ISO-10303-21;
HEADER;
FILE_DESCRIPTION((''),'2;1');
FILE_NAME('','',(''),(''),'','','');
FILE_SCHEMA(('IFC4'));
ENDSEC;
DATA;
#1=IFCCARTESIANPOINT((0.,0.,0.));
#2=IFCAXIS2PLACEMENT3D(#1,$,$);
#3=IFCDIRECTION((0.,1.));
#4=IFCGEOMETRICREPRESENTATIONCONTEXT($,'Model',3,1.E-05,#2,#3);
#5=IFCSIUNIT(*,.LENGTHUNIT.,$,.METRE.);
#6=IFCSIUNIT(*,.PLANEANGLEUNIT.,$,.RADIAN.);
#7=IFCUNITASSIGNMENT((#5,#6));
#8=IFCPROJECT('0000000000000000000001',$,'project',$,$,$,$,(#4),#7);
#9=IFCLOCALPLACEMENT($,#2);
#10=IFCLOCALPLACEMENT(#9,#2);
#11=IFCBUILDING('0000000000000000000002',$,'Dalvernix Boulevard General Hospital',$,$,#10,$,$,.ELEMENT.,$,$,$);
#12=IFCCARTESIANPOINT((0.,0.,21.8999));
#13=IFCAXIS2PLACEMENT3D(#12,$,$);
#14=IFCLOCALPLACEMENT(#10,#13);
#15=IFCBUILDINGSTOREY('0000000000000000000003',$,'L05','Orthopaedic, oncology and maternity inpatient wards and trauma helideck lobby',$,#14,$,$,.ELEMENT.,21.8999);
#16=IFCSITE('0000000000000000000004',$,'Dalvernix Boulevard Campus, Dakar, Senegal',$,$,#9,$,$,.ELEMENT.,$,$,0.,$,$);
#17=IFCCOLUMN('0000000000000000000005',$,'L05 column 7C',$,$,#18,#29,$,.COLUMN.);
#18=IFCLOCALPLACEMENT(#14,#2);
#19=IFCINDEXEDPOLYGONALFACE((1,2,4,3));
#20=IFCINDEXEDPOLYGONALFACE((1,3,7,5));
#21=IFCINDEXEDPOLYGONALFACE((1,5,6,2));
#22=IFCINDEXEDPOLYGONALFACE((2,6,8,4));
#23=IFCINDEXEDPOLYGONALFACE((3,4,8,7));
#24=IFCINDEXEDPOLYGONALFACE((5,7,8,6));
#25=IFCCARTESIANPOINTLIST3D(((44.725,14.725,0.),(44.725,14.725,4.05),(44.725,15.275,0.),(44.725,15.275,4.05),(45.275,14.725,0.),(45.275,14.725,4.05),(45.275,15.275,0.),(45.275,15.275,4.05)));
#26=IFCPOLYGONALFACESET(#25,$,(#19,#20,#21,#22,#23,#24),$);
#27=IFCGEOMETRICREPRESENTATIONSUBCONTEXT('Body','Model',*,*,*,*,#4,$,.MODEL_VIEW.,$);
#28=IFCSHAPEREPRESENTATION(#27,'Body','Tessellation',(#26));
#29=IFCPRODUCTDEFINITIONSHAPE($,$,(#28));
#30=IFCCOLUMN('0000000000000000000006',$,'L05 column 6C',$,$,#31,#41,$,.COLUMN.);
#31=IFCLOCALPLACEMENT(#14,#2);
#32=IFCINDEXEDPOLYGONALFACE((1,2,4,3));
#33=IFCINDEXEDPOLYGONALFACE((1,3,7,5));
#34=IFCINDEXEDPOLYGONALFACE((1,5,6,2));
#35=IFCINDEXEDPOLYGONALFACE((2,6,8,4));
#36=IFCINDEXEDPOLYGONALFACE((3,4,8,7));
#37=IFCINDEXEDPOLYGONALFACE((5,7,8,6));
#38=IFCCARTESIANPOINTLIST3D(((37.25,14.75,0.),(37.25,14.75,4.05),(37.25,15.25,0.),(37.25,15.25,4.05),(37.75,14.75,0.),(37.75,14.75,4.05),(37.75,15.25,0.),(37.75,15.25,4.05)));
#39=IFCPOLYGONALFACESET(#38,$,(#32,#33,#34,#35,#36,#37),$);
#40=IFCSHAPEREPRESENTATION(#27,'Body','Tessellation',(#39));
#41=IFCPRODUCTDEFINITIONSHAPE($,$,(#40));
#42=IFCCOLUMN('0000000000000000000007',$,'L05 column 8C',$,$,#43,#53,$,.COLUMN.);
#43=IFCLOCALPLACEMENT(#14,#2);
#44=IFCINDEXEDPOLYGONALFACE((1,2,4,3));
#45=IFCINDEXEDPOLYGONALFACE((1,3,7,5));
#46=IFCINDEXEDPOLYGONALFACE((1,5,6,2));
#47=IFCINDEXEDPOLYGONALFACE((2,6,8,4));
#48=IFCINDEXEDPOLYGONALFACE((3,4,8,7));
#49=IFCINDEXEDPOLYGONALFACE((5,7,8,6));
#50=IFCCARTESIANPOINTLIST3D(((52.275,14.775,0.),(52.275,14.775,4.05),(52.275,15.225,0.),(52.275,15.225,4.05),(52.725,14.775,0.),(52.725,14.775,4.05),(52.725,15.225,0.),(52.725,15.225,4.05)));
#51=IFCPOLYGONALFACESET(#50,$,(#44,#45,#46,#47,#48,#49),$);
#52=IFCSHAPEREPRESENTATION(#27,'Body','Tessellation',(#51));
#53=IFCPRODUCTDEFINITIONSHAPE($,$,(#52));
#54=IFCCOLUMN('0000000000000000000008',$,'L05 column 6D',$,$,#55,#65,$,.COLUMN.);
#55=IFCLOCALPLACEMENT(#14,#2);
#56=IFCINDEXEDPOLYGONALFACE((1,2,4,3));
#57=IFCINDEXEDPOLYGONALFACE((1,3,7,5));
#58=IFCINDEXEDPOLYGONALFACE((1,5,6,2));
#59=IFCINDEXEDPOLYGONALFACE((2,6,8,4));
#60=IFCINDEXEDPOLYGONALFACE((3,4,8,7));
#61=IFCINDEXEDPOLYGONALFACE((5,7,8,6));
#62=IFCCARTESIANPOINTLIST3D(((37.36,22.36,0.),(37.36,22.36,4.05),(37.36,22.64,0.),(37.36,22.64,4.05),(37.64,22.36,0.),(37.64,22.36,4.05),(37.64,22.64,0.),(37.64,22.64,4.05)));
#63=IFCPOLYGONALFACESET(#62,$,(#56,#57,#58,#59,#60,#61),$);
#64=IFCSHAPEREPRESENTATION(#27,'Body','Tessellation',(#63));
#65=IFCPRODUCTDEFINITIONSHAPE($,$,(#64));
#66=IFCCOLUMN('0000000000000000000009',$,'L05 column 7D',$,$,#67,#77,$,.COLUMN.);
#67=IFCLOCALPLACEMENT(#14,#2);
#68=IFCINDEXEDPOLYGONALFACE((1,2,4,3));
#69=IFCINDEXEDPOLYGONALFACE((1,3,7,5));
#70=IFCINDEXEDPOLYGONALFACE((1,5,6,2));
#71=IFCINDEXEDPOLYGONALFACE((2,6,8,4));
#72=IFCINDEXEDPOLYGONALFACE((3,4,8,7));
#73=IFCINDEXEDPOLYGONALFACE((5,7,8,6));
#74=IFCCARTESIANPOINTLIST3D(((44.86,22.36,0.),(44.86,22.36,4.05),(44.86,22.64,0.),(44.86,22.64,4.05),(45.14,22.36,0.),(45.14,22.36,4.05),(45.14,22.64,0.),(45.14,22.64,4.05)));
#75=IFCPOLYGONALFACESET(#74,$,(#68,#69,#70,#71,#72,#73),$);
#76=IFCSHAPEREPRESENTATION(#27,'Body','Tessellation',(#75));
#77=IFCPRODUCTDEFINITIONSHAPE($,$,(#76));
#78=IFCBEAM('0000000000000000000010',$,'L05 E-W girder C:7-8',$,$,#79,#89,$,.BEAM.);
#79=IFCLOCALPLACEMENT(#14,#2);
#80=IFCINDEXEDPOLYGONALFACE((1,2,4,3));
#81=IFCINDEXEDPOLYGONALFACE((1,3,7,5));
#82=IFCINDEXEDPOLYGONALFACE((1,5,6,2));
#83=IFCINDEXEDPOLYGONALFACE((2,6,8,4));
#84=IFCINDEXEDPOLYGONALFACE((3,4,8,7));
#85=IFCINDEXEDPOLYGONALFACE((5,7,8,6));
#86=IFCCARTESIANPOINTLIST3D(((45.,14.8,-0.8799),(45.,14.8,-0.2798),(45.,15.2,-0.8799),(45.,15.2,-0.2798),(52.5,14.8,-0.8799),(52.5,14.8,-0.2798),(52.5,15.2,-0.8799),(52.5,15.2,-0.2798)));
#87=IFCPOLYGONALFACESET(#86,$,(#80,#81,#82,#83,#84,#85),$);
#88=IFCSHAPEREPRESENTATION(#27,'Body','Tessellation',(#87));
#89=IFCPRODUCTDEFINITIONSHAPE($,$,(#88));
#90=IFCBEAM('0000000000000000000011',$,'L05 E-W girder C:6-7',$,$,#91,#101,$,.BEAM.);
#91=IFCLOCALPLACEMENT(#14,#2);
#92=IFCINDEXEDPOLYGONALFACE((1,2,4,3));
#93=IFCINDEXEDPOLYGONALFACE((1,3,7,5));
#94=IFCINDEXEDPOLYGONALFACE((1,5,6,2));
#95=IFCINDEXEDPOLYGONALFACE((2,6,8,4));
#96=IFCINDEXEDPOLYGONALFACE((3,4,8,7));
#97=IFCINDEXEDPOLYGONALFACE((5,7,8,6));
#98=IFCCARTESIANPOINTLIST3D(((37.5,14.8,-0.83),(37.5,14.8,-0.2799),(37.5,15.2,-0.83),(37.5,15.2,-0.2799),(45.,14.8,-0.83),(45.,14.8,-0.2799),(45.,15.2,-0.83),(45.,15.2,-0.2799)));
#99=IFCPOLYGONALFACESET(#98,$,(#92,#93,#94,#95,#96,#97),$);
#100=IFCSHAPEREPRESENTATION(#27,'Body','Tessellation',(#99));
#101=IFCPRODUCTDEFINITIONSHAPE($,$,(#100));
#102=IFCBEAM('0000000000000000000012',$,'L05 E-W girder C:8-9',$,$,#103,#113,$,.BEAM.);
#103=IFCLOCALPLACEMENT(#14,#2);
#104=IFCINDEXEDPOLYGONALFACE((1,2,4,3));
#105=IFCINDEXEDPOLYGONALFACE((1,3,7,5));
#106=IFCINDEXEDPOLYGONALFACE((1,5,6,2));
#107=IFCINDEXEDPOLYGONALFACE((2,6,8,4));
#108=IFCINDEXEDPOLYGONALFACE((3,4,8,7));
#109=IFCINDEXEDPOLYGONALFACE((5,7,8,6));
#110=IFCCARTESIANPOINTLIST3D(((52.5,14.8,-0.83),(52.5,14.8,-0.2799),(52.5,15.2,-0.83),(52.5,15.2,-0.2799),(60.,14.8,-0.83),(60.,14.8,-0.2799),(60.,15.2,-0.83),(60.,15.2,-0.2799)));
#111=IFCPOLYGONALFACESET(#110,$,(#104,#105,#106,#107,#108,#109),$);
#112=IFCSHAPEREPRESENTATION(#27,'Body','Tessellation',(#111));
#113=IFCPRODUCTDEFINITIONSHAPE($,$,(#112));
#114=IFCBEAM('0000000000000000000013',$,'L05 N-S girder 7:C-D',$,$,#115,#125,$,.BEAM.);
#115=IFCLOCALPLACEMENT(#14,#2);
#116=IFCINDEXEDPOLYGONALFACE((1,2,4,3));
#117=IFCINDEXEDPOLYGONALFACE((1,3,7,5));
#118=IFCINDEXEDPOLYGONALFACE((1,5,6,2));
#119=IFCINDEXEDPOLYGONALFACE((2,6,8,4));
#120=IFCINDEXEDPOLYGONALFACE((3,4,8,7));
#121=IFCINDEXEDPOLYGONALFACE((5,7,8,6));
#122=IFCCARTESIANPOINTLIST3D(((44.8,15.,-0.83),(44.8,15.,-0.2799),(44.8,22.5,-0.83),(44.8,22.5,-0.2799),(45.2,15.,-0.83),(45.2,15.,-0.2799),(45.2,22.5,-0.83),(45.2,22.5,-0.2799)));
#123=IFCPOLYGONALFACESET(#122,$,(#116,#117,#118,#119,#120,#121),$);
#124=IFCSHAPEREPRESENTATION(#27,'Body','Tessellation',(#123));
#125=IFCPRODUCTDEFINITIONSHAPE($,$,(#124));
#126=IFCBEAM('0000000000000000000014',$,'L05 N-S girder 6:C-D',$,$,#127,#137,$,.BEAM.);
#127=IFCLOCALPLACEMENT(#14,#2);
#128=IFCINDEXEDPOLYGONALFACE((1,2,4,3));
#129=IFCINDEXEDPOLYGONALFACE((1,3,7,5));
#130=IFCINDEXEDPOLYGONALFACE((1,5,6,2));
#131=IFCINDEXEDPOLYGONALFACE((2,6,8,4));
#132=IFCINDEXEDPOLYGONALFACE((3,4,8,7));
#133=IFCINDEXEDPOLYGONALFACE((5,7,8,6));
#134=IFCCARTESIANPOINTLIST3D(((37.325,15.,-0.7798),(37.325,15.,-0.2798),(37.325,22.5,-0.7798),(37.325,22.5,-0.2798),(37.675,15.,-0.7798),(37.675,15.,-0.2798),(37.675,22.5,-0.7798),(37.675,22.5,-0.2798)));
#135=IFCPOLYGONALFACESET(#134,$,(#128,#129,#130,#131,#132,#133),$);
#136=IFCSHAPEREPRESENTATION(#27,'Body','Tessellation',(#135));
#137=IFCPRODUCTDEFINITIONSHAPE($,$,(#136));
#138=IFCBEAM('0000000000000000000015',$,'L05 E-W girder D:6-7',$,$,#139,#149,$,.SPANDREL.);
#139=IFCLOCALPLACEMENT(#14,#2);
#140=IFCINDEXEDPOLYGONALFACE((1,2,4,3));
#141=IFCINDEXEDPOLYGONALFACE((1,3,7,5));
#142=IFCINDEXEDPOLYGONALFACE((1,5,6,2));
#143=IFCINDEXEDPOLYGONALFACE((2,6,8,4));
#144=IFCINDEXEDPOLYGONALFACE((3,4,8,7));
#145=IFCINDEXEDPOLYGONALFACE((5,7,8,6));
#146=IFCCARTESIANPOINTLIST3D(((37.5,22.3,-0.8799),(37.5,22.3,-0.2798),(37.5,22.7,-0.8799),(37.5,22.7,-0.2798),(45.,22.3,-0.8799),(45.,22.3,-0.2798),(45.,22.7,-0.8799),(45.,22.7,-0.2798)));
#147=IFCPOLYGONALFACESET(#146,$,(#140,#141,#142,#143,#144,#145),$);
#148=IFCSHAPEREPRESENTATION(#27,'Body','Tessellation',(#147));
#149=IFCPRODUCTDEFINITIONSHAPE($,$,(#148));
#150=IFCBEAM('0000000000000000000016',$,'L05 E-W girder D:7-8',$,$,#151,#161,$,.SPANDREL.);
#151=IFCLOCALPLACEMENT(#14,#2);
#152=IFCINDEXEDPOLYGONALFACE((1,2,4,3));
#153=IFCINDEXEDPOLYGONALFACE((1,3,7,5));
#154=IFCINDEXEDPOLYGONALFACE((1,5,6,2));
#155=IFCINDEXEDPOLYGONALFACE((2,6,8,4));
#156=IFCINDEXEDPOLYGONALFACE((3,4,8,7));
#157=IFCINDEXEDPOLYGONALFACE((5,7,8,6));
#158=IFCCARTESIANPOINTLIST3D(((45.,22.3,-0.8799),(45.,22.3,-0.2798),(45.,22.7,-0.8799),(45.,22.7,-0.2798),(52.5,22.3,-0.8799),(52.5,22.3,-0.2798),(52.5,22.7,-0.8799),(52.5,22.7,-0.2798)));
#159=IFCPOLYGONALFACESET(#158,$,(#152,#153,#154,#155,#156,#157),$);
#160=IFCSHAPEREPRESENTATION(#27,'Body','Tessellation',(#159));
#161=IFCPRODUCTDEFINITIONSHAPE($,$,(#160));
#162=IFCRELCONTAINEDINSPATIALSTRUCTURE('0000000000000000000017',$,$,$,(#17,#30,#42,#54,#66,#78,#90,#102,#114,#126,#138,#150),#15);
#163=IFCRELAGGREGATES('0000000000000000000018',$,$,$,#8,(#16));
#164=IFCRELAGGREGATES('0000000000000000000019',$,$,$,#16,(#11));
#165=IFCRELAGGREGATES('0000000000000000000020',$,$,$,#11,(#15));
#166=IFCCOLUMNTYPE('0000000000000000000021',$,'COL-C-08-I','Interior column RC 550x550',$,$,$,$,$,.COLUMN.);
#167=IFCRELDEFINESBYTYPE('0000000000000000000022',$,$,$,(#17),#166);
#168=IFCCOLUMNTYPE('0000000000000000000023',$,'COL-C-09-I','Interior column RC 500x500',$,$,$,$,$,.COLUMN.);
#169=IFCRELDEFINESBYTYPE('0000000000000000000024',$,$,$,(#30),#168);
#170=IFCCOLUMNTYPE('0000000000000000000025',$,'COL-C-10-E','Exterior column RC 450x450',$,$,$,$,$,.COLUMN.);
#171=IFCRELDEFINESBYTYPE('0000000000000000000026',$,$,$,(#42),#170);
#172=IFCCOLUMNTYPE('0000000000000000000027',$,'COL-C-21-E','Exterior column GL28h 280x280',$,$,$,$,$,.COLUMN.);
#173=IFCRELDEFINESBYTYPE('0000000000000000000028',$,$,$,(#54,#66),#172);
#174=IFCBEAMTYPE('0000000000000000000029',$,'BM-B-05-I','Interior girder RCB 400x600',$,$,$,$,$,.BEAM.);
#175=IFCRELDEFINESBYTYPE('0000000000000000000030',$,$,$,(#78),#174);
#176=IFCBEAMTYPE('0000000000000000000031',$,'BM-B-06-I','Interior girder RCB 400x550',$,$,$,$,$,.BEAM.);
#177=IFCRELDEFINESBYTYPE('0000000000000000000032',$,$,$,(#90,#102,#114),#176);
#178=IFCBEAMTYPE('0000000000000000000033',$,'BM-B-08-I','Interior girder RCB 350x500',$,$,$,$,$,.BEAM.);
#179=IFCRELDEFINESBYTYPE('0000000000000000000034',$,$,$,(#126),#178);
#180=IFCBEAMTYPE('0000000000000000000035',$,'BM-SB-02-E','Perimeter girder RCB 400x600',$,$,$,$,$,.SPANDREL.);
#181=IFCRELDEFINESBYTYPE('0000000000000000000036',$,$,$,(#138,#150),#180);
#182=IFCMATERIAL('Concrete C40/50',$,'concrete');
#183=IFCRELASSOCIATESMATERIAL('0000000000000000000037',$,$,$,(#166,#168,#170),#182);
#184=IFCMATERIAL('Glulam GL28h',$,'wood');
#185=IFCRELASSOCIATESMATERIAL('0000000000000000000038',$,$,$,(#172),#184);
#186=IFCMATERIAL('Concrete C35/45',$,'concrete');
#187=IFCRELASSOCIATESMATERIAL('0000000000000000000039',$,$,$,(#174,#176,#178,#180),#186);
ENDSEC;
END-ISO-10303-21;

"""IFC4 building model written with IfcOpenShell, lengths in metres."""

from ifc_helpers import new_model, si_unit, direction, frame, origin, origin_2d, place, context, subcontext, project, spatial, rectangle, extrude, material, material_profile, profile_set, type_object, element, save


model = new_model("IFC4")

# Units and contexts
model_context = context("Model", 3, precision=1e-05, world=origin(), true_north=direction((0.0, 1.0)))
body_context = subcontext(model_context, "Body", "Model", "MODEL_VIEW")
ifc_project = project(units=[si_unit("LENGTHUNIT", "METRE"), si_unit("PLANEANGLEUNIT", "RADIAN")], contexts=[model_context])

# Site, building, storey
site_placement = place(None, origin())
site = spatial("IfcSite", under=ifc_project, at=site_placement, Name="Dalvernix Boulevard Campus, Dakar, Senegal", CompositionType="ELEMENT", RefElevation=0.0)
building_placement = place(site_placement, origin())
building = spatial("IfcBuilding", under=site, at=building_placement, Name="Dalvernix Boulevard General Hospital", CompositionType="ELEMENT")
storey_placement = place(building_placement, frame((0.0, 0.0, 21.8999)))
storey = spatial("IfcBuildingStorey", under=building, at=storey_placement, Name="L05", Description="Orthopaedic, oncology and maternity inpatient wards and trauma helideck lobby", CompositionType="ELEMENT", Elevation=21.8999)

# Columns
ifc_material_1 = material(Name="Concrete C40/50", Category="concrete")
ifc_material_profile_1 = material_profile(ifc_material_1, rectangle(XDim=0.55, YDim=0.55, at=origin_2d()), Name="RC 550x550")
ifc_profile_set_1 = profile_set([ifc_material_profile_1], Name="Concrete C40/50")
column_type_1 = type_object("IfcColumnType", Name="COL-C-08-I", Description="Interior column RC 550x550", PredefinedType="COLUMN", material=ifc_profile_set_1)
column_1_placement = place(storey_placement, frame((45.0, 15.0, 0.0), z_axis=(0.0, 0.0, 1.0), x_axis=(1.0, 0.0, 0.0)))
element("IfcColumn", 1, at=column_1_placement, inside=storey, type_object=column_type_1, Name="L05 column 7C", PredefinedType="COLUMN", context=body_context, shape_type="SweptSolid", body=[
    extrude(rectangle(XDim=0.55, YDim=0.55, at=origin_2d()), origin(), (0.0, 0.0, 1.0), 4.05),
])
ifc_material_profile_2 = material_profile(ifc_material_1, rectangle(XDim=0.5, YDim=0.5, at=origin_2d()), Name="RC 500x500")
ifc_profile_set_2 = profile_set([ifc_material_profile_2], Name="Concrete C40/50")
column_type_2 = type_object("IfcColumnType", Name="COL-C-09-I", Description="Interior column RC 500x500", PredefinedType="COLUMN", material=ifc_profile_set_2)
column_2_placement = place(storey_placement, frame((37.5, 15.0, 0.0), z_axis=(0.0, 0.0, 1.0), x_axis=(1.0, 0.0, 0.0)))
element("IfcColumn", 2, at=column_2_placement, inside=storey, type_object=column_type_2, Name="L05 column 6C", PredefinedType="COLUMN", context=body_context, shape_type="SweptSolid", body=[
    extrude(rectangle(XDim=0.5, YDim=0.5, at=origin_2d()), origin(), (0.0, 0.0, 1.0), 4.05),
])
ifc_material_profile_3 = material_profile(ifc_material_1, rectangle(XDim=0.45, YDim=0.45, at=origin_2d()), Name="RC 450x450")
ifc_profile_set_3 = profile_set([ifc_material_profile_3], Name="Concrete C40/50")
column_type_3 = type_object("IfcColumnType", Name="COL-C-10-E", Description="Exterior column RC 450x450", PredefinedType="COLUMN", material=ifc_profile_set_3)
column_3_placement = place(storey_placement, frame((52.5, 15.0, 0.0), z_axis=(0.0, 0.0, 1.0), x_axis=(1.0, 0.0, 0.0)))
element("IfcColumn", 3, at=column_3_placement, inside=storey, type_object=column_type_3, Name="L05 column 8C", PredefinedType="COLUMN", context=body_context, shape_type="SweptSolid", body=[
    extrude(rectangle(XDim=0.45, YDim=0.45, at=origin_2d()), origin(), (0.0, 0.0, 1.0), 4.05),
])
ifc_material_2 = material(Name="Glulam GL28h", Category="wood")
ifc_material_profile_4 = material_profile(ifc_material_2, rectangle(XDim=0.28, YDim=0.28, at=origin_2d()), Name="GL28h 280x280")
ifc_profile_set_4 = profile_set([ifc_material_profile_4], Name="Glulam GL28h")
column_type_4 = type_object("IfcColumnType", Name="COL-C-21-E", Description="Exterior column GL28h 280x280", PredefinedType="COLUMN", material=ifc_profile_set_4)
for number, where, z_axis, x_axis, name in (
    (4, (37.5, 22.5, 0.0), (0.0, 0.0, 1.0), (1.0, 0.0, 0.0), "L05 column 6D"),
    (5, (45.0, 22.5, 0.0), (0.0, 0.0, 1.0), (1.0, 0.0, 0.0), "L05 column 7D"),
):
    element("IfcColumn", number, at=place(storey_placement, frame(where, z_axis=z_axis, x_axis=x_axis)), inside=storey, type_object=column_type_4, Name=name, PredefinedType="COLUMN", context=body_context, shape_type="SweptSolid", body=[
        extrude(rectangle(XDim=0.28, YDim=0.28, at=origin_2d()), origin(), (0.0, 0.0, 1.0), 4.05),
    ])

# Beams
ifc_material_3 = material(Name="Concrete C35/45", Category="concrete")
ifc_material_profile_5 = material_profile(ifc_material_3, rectangle(XDim=0.3999, YDim=0.6001, at=origin_2d()), Name="RCB 400x600")
ifc_profile_set_5 = profile_set([ifc_material_profile_5], Name="Concrete C35/45")
beam_type_1 = type_object("IfcBeamType", Name="BM-B-05-I", Description="Interior girder RCB 400x600", PredefinedType="BEAM", material=ifc_profile_set_5)
beam_1_placement = place(storey_placement, frame((45.0, 15.0, -0.5798), z_axis=(1.0, 0.0, 0.0), x_axis=(0.0, 1.0, 0.0)))
element("IfcBeam", 6, at=beam_1_placement, inside=storey, type_object=beam_type_1, Name="L05 E-W girder C:7-8", PredefinedType="BEAM", context=body_context, shape_type="SweptSolid", body=[
    extrude(rectangle(XDim=0.3999, YDim=0.6001, at=origin_2d()), origin(), (0.0, 0.0, 1.0), 7.5),
])
ifc_material_profile_6 = material_profile(ifc_material_3, rectangle(XDim=0.3999, YDim=0.55, at=origin_2d()), Name="RCB 400x550")
ifc_profile_set_6 = profile_set([ifc_material_profile_6], Name="Concrete C35/45")
beam_type_2 = type_object("IfcBeamType", Name="BM-B-06-I", Description="Interior girder RCB 400x550", PredefinedType="BEAM", material=ifc_profile_set_6)
for number, where, z_axis, x_axis, name in (
    (7, (37.5, 15.0, -0.5549), (1.0, 0.0, 0.0), (0.0, 1.0, 0.0), "L05 E-W girder C:6-7"),
    (8, (52.5, 15.0, -0.5549), (1.0, 0.0, 0.0), (0.0, 1.0, 0.0), "L05 E-W girder C:8-9"),
    (9, (45.0, 15.0, -0.5549), (0.0, 1.0, 0.0), (-1.0, 0.0, 0.0), "L05 N-S girder 7:C-D"),
):
    element("IfcBeam", number, at=place(storey_placement, frame(where, z_axis=z_axis, x_axis=x_axis)), inside=storey, type_object=beam_type_2, Name=name, PredefinedType="BEAM", context=body_context, shape_type="SweptSolid", body=[
        extrude(rectangle(XDim=0.3999, YDim=0.55, at=origin_2d()), origin(), (0.0, 0.0, 1.0), 7.5),
    ])
ifc_material_profile_7 = material_profile(ifc_material_3, rectangle(XDim=0.3501, YDim=0.5, at=origin_2d()), Name="RCB 350x500")
ifc_profile_set_7 = profile_set([ifc_material_profile_7], Name="Concrete C35/45")
beam_type_3 = type_object("IfcBeamType", Name="BM-B-08-I", Description="Interior girder RCB 350x500", PredefinedType="BEAM", material=ifc_profile_set_7)
beam_2_placement = place(storey_placement, frame((37.5, 15.0, -0.5298), z_axis=(0.0, 1.0, 0.0), x_axis=(-1.0, 0.0, 0.0)))
element("IfcBeam", 10, at=beam_2_placement, inside=storey, type_object=beam_type_3, Name="L05 N-S girder 6:C-D", PredefinedType="BEAM", context=body_context, shape_type="SweptSolid", body=[
    extrude(rectangle(XDim=0.3501, YDim=0.5, at=origin_2d()), origin(), (0.0, 0.0, 1.0), 7.5),
])
ifc_material_profile_8 = material_profile(ifc_material_3, rectangle(XDim=0.3999, YDim=0.6001, at=origin_2d()), Name="RCB 400x600")
ifc_profile_set_8 = profile_set([ifc_material_profile_8], Name="Concrete C35/45")
beam_type_4 = type_object("IfcBeamType", Name="BM-SB-02-E", Description="Perimeter girder RCB 400x600", PredefinedType="SPANDREL", material=ifc_profile_set_8)
for number, where, z_axis, x_axis, name in (
    (11, (37.5, 22.5, -0.5798), (1.0, 0.0, 0.0), (0.0, 1.0, 0.0), "L05 E-W girder D:6-7"),
    (12, (45.0, 22.5, -0.5798), (1.0, 0.0, 0.0), (0.0, 1.0, 0.0), "L05 E-W girder D:7-8"),
):
    element("IfcBeam", number, at=place(storey_placement, frame(where, z_axis=z_axis, x_axis=x_axis)), inside=storey, type_object=beam_type_4, Name=name, PredefinedType="SPANDREL", context=body_context, shape_type="SweptSolid", body=[
        extrude(rectangle(XDim=0.3999, YDim=0.6001, at=origin_2d()), origin(), (0.0, 0.0, 1.0), 7.5),
    ])

save(model, "model.ifc")
